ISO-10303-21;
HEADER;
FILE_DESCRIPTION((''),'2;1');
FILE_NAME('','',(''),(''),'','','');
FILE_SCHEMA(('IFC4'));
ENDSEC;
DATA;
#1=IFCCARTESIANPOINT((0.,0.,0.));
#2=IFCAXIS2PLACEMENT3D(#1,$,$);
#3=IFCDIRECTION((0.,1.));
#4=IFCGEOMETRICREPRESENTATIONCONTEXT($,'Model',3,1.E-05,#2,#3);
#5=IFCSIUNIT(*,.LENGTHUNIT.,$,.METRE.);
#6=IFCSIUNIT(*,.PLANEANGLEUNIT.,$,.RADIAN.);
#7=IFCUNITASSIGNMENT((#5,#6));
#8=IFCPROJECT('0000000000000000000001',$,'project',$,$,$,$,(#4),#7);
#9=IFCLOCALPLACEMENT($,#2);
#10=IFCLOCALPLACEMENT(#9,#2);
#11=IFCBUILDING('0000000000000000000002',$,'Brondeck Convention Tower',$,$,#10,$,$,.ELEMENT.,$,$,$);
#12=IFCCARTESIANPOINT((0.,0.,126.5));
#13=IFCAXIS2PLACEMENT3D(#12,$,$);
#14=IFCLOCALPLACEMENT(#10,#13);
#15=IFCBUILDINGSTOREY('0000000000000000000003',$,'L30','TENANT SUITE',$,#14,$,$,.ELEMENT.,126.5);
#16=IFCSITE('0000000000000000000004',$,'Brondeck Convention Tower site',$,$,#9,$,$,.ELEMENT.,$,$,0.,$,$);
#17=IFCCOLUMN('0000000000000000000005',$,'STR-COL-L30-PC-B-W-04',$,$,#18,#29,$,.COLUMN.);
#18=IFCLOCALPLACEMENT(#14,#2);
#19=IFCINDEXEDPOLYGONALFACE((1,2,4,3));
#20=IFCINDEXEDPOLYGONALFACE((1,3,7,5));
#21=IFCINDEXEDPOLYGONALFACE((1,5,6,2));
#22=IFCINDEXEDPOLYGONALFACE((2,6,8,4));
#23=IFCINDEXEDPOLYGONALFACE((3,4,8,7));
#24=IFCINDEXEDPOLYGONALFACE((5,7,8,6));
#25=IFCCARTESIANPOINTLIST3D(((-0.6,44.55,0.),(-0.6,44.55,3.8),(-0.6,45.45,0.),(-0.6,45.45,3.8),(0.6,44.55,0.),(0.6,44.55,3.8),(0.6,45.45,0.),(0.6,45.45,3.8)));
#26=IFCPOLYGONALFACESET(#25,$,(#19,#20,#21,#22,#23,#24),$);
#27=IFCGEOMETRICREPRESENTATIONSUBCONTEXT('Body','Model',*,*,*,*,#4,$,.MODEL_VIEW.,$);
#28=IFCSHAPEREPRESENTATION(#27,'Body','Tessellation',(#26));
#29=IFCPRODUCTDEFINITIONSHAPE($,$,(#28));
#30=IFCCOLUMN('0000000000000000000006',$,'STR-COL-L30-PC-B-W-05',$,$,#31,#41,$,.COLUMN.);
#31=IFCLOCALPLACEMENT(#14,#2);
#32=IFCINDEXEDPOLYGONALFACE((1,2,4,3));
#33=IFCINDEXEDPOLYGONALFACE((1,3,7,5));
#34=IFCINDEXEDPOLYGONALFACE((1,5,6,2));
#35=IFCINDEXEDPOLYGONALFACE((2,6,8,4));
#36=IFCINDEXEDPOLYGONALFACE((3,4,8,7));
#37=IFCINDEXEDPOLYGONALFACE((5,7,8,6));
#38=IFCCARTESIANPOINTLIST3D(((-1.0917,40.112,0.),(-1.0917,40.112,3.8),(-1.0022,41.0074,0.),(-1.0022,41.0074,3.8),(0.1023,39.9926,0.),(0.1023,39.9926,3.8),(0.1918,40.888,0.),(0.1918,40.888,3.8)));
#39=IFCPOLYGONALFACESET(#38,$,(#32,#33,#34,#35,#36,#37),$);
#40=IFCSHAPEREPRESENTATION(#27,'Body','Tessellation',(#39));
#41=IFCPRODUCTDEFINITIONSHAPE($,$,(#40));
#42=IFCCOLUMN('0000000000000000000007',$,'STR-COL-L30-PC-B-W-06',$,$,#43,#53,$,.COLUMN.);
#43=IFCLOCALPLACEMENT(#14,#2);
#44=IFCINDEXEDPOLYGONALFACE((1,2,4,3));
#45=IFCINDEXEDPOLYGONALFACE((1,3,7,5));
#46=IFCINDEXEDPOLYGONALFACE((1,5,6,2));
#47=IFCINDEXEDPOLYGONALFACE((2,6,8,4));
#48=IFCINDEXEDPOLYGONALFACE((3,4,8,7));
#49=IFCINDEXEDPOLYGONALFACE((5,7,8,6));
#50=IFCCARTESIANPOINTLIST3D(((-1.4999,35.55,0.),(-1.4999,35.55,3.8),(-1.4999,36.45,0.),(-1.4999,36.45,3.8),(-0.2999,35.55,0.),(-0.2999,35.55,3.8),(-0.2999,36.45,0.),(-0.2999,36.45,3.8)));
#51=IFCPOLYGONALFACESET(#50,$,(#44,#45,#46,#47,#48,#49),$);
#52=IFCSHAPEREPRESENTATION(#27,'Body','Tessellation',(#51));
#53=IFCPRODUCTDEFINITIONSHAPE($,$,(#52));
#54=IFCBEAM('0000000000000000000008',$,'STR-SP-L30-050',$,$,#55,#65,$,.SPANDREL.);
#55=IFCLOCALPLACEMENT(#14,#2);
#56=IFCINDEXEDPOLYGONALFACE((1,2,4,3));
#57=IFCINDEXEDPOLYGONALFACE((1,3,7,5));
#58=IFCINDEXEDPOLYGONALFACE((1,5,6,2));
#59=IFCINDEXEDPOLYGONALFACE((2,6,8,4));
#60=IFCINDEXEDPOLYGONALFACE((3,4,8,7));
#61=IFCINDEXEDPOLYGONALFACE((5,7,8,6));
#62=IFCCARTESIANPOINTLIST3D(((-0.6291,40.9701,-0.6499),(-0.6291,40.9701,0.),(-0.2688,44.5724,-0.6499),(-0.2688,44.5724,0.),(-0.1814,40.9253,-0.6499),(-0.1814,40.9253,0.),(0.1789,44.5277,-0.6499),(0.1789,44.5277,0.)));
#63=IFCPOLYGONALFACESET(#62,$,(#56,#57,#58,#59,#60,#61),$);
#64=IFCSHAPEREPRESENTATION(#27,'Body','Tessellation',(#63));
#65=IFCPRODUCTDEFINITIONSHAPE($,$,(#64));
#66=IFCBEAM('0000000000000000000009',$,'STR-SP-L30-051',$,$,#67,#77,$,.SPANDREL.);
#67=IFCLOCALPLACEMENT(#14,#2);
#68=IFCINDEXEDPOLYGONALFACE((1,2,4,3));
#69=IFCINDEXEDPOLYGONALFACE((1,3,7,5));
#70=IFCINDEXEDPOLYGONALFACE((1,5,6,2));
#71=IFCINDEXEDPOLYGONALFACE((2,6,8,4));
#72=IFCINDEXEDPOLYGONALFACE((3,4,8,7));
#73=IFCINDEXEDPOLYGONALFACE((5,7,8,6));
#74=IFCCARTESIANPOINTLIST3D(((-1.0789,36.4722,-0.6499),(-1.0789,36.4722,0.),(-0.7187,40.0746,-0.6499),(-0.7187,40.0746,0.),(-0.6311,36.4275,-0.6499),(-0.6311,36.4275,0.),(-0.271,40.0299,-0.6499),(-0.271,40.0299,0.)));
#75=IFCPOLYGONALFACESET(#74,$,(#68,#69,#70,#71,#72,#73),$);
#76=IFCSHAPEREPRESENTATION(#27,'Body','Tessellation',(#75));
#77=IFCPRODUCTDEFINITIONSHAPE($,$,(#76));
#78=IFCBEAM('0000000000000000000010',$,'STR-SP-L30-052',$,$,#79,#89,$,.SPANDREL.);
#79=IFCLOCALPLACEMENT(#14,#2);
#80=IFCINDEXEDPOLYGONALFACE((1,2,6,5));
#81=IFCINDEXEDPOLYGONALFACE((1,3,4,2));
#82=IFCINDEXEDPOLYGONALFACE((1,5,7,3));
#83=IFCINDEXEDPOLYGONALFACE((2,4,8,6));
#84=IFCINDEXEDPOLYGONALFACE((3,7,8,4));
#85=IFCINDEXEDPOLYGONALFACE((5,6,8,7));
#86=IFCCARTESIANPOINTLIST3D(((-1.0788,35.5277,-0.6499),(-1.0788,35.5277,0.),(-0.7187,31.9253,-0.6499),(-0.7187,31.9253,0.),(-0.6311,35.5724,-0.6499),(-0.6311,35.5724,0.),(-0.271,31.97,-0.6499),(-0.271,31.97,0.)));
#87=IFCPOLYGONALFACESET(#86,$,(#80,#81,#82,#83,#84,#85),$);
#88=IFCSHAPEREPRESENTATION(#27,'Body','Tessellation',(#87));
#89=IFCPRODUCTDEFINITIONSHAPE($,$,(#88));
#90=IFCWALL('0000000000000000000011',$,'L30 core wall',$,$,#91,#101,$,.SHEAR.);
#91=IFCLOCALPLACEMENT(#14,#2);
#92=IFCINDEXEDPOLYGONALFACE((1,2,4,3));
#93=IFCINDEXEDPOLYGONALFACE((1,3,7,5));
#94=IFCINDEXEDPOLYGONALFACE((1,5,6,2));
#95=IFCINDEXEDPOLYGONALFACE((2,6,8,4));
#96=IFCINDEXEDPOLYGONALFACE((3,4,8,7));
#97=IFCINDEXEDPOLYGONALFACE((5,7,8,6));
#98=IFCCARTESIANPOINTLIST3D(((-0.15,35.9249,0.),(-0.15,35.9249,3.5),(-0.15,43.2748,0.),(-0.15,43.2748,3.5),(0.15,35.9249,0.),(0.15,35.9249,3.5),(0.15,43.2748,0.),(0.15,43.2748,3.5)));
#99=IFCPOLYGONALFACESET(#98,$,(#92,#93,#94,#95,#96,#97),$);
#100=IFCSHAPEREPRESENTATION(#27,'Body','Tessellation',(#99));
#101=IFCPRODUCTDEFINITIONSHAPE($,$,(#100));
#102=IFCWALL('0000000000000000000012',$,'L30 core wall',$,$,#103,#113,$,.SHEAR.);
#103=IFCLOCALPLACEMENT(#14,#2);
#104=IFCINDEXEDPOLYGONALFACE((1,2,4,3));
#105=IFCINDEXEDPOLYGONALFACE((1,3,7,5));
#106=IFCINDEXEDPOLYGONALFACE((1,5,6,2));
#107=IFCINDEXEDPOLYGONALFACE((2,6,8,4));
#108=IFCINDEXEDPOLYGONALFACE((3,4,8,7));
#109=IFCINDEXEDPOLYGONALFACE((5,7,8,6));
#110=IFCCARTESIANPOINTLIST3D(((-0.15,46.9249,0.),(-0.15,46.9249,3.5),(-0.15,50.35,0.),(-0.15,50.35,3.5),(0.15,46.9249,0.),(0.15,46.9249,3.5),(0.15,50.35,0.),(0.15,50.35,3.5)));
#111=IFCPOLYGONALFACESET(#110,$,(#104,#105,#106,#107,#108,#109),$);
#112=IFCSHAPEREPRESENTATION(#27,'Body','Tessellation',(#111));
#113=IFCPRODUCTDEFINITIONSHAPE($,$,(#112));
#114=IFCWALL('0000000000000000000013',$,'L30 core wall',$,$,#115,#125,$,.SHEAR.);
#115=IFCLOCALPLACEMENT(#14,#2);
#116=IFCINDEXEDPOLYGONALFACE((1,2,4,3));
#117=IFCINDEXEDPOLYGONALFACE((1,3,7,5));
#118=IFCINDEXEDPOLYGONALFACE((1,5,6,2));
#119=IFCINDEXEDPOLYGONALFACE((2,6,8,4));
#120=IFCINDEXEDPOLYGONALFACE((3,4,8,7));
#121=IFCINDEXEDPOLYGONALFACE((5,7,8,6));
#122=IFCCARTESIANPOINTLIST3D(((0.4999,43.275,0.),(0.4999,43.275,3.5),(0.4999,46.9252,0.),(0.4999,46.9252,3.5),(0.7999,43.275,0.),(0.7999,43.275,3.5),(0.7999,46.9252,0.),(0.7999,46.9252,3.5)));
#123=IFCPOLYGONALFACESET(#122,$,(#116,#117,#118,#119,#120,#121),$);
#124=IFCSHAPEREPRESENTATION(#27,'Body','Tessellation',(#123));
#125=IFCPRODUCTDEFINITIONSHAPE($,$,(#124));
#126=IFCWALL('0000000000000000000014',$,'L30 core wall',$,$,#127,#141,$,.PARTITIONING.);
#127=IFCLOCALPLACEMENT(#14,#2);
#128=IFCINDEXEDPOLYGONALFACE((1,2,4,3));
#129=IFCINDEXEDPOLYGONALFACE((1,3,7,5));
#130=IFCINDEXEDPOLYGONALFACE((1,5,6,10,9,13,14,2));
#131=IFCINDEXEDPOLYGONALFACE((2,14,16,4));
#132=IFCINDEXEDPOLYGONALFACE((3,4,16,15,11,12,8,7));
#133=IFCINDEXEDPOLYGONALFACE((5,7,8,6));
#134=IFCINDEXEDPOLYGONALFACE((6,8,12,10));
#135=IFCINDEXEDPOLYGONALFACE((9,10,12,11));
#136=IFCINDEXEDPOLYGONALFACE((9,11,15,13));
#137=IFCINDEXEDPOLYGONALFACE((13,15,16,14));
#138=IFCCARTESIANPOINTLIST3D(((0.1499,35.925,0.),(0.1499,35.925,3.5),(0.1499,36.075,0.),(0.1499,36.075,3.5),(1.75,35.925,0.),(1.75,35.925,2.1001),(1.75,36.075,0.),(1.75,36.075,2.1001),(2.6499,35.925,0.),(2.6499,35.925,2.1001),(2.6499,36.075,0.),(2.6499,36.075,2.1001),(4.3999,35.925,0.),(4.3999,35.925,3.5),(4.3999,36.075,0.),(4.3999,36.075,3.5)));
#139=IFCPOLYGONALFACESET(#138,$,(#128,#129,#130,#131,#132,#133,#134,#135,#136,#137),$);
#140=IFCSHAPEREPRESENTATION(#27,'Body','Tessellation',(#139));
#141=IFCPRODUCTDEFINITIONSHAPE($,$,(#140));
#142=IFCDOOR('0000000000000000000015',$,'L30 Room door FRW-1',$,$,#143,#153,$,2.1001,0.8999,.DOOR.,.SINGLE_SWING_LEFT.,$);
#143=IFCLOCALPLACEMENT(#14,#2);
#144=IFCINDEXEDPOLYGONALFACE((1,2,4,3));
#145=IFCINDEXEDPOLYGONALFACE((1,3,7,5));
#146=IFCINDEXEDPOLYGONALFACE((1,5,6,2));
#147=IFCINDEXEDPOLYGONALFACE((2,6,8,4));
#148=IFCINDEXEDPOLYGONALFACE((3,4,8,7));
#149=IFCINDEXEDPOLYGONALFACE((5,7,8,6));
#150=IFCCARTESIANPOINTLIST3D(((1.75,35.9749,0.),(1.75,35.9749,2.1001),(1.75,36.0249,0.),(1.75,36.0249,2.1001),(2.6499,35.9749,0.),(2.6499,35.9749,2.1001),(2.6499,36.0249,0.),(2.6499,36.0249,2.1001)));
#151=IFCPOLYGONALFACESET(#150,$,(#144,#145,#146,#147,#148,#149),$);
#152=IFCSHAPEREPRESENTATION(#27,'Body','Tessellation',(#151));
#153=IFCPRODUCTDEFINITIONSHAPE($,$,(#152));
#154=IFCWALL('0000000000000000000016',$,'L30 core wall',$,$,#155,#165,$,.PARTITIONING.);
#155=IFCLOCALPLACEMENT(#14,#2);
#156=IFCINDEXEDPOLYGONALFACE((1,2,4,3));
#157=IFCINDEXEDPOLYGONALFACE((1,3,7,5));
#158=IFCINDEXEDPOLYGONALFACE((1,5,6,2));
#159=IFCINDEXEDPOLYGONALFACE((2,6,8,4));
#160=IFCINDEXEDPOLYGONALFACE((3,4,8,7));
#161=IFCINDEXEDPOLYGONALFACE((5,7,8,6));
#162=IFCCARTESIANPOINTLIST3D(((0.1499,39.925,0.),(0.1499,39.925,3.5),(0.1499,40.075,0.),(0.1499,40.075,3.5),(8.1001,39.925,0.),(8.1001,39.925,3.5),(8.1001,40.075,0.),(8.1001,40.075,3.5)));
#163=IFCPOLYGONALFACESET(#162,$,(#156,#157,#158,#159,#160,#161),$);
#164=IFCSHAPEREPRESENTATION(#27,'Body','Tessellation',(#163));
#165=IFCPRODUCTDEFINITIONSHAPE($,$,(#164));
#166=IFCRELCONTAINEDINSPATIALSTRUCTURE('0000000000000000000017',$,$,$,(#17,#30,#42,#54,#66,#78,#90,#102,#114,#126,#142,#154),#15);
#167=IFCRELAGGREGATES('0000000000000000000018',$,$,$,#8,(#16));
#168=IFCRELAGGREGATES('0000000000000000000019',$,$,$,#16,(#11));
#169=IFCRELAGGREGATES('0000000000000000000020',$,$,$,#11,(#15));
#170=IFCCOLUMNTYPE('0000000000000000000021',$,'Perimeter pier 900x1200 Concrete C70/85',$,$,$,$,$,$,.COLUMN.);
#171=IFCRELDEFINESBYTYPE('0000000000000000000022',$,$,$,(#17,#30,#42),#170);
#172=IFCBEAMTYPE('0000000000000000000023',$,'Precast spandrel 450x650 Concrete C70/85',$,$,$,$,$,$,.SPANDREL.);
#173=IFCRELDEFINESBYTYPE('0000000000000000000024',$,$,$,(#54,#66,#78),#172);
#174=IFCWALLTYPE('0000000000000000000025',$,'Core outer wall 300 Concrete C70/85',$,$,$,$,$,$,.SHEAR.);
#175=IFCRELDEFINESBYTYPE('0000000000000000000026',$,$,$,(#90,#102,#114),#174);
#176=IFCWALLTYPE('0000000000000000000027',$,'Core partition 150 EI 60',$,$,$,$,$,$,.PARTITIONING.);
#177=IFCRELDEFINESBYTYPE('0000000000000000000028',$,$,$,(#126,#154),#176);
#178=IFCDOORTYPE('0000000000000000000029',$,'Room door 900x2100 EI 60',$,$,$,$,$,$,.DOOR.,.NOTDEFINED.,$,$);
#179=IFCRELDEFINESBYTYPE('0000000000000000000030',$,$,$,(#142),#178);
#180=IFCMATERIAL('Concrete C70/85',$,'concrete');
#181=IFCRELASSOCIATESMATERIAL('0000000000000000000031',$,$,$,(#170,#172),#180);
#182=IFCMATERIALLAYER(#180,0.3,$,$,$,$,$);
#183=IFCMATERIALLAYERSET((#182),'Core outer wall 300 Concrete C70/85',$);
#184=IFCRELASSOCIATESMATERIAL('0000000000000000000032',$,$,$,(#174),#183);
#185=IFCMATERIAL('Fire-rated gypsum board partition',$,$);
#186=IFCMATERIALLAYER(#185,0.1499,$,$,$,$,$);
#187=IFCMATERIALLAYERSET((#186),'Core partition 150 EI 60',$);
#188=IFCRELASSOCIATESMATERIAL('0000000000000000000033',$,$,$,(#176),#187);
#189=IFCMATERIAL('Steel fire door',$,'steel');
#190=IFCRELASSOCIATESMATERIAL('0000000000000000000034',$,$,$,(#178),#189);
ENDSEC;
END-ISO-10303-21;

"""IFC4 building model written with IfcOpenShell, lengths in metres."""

from ifc_helpers import new_model, si_unit, direction, frame, frame_2d, origin, origin_2d, place, context, subcontext, project, spatial, rectangle, extrude, material, layer, layer_set, material_profile, profile_set, type_object, element, fill, save


model = new_model("IFC4")

# Units and contexts
model_context = context("Model", 3, precision=1e-05, world=origin(), true_north=direction((0.0, 1.0)))
body_context = subcontext(model_context, "Body", "Model", "MODEL_VIEW")
ifc_project = project(units=[si_unit("LENGTHUNIT", "METRE"), si_unit("PLANEANGLEUNIT", "RADIAN")], contexts=[model_context])

# Site, building, storey
site_placement = place(None, origin())
site = spatial("IfcSite", under=ifc_project, at=site_placement, Name="Brondeck Convention Tower site", CompositionType="ELEMENT", RefElevation=0.0)
building_placement = place(site_placement, origin())
building = spatial("IfcBuilding", under=site, at=building_placement, Name="Brondeck Convention Tower", CompositionType="ELEMENT")
storey_placement = place(building_placement, frame((0.0, 0.0, 126.5)))
storey = spatial("IfcBuildingStorey", under=building, at=storey_placement, Name="L30", Description="TENANT SUITE", CompositionType="ELEMENT", Elevation=126.5)

# Columns
ifc_material_1 = material(Name="Concrete C70/85", Category="concrete")
ifc_material_profile_1 = material_profile(ifc_material_1, rectangle(XDim=0.8999, YDim=1.2, at=origin_2d()), Name="Perimeter pier 900x1200 Concrete C70/85")
ifc_profile_set_1 = profile_set([ifc_material_profile_1], Name="Concrete C70/85")
column_type = type_object("IfcColumnType", Name="Perimeter pier 900x1200 Concrete C70/85", PredefinedType="COLUMN", material=ifc_profile_set_1)
for number, where, z_axis, x_axis, name in (
    (1, (0.0, 45.0, 0.0), (0.0, 0.0, 1.0), (0.0, -1.0, 0.0), "STR-COL-L30-PC-B-W-04"),
    (2, (-0.45, 40.5, 0.0), (0.0, 0.0, 1.0), (-0.099504, -0.995037, 0.0), "STR-COL-L30-PC-B-W-05"),
    (3, (-0.8999, 36.0, 0.0), (0.0, 0.0, 1.0), (0.0, -1.0, 0.0), "STR-COL-L30-PC-B-W-06"),
):
    element("IfcColumn", number, at=place(storey_placement, frame(where, z_axis=z_axis, x_axis=x_axis)), inside=storey, type_object=column_type, Name=name, PredefinedType="COLUMN", context=body_context, shape_type="SweptSolid", body=[
        extrude(rectangle(XDim=0.8999, YDim=1.2, at=origin_2d()), origin(), (0.0, 0.0, 1.0), 3.8),
    ])

# Beams
ifc_material_profile_2 = material_profile(ifc_material_1, rectangle(XDim=0.45, YDim=0.6499, at=origin_2d()), Name="Precast spandrel 450x650 Concrete C70/85")
ifc_profile_set_2 = profile_set([ifc_material_profile_2], Name="Concrete C70/85")
beam_type = type_object("IfcBeamType", Name="Precast spandrel 450x650 Concrete C70/85", PredefinedType="SPANDREL", material=ifc_profile_set_2)
for number, where, z_axis, x_axis, name in (
    (4, (-0.0449, 44.55, -0.325), (-0.099537, -0.995034, 0.0), (0.995034, -0.099537, 0.0), "STR-SP-L30-050"),
    (5, (-0.4949, 40.0522, -0.325), (-0.09947, -0.995041, 0.0), (0.995041, -0.09947, 0.0), "STR-SP-L30-051"),
    (6, (-0.855, 35.55, -0.325), (0.09947, -0.995041, 0.0), (0.995041, 0.09947, 0.0), "STR-SP-L30-052"),
):
    element("IfcBeam", number, at=place(storey_placement, frame(where, z_axis=z_axis, x_axis=x_axis)), inside=storey, type_object=beam_type, Name=name, PredefinedType="SPANDREL", context=body_context, shape_type="SweptSolid", body=[
        extrude(rectangle(XDim=0.45, YDim=0.6499, at=origin_2d()), origin(), (0.0, 0.0, 1.0), 3.6204),
    ])

# Walls
ifc_layer_1 = layer(ifc_material_1, 0.3)
ifc_layer_set_1 = layer_set([ifc_layer_1], Name="Core outer wall 300 Concrete C70/85")
wall_type_1 = type_object("IfcWallType", Name="Core outer wall 300 Concrete C70/85", PredefinedType="SHEAR", material=ifc_layer_set_1)
wall_1_placement = place(storey_placement, frame((0.0, 35.925, 0.0), z_axis=(0.0, 0.0, 1.0), x_axis=(0.0, 1.0, 0.0)))
element("IfcWall", 7, at=wall_1_placement, inside=storey, type_object=wall_type_1, Name="L30 core wall", PredefinedType="SHEAR", context=body_context, shape_type="SweptSolid", body=[
    extrude(rectangle(XDim=7.3499, YDim=0.3, at=frame_2d((3.6748, 0.0))), origin(), (0.0, 0.0, 1.0), 3.5),
])
wall_2_placement = place(storey_placement, frame((0.0, 46.925, 0.0), z_axis=(0.0, 0.0, 1.0), x_axis=(0.0, 1.0, 0.0)))
element("IfcWall", 8, at=wall_2_placement, inside=storey, type_object=wall_type_1, Name="L30 core wall", PredefinedType="SHEAR", context=body_context, shape_type="SweptSolid", body=[
    extrude(rectangle(XDim=3.425, YDim=0.3, at=frame_2d((1.7124, 0.0))), origin(), (0.0, 0.0, 1.0), 3.5),
])
wall_3_placement = place(storey_placement, frame((0.6499, 43.2749, 0.0), z_axis=(0.0, 0.0, 1.0), x_axis=(0.0, 1.0, 0.0)))
element("IfcWall", 9, at=wall_3_placement, inside=storey, type_object=wall_type_1, Name="L30 core wall", PredefinedType="SHEAR", context=body_context, shape_type="SweptSolid", body=[
    extrude(rectangle(XDim=3.6501, YDim=0.3, at=frame_2d((1.8252, 0.0))), origin(), (0.0, 0.0, 1.0), 3.5),
])

# Wall, opening, door
ifc_material_2 = material(Name="Fire-rated gypsum board partition")
ifc_layer_2 = layer(ifc_material_2, 0.1499)
ifc_layer_set_2 = layer_set([ifc_layer_2], Name="Core partition 150 EI 60")
wall_type_2 = type_object("IfcWallType", Name="Core partition 150 EI 60", PredefinedType="PARTITIONING", material=ifc_layer_set_2)
wall_4_placement = place(storey_placement, frame((0.1499, 36.0, 0.0), z_axis=(0.0, 0.0, 1.0), x_axis=(1.0, 0.0, 0.0)))
wall_4 = element("IfcWall", 10, at=wall_4_placement, inside=storey, type_object=wall_type_2, Name="L30 core wall", PredefinedType="PARTITIONING", context=body_context, shape_type="SweptSolid", body=[
    extrude(rectangle(XDim=4.25, YDim=0.1499, at=frame_2d((2.125, 0.0))), origin(), (0.0, 0.0, 1.0), 3.5),
])
opening_1_placement = place(wall_4_placement, frame((1.6001, 0.0, 0.0)))
opening_1 = element("IfcOpeningElement", 11, at=opening_1_placement, cuts=wall_4, PredefinedType="OPENING", context=body_context, shape_type="SweptSolid", body=[
    extrude(rectangle(XDim=0.8999, YDim=2.1001, at=frame_2d((0.45, 1.05))), frame((0.0, 0.085, 0.0), z_axis=(0.0, -1.0, 0.0), x_axis=(1.0, 0.0, 0.0)), (0.0, 0.0, 1.0), 0.1699),
])
ifc_material_3 = material(Name="Steel fire door", Category="steel")
door_type_1 = type_object("IfcDoorType", Name="Room door 900x2100 EI 60", OperationType="NOTDEFINED", PredefinedType="DOOR", material=ifc_material_3)
door_1_placement = place(opening_1_placement, origin())
door_1 = element("IfcDoor", 12, at=door_1_placement, inside=storey, type_object=door_type_1, Name="L30 Room door FRW-1", OperationType="SINGLE_SWING_LEFT", OverallHeight=2.1001, OverallWidth=0.8999, PredefinedType="DOOR", context=body_context, shape_type="SweptSolid", body=[
    extrude(rectangle(XDim=0.8999, YDim=2.1001, at=frame_2d((0.45, 1.05))), frame((0.0, 0.0249, 0.0), z_axis=(0.0, -1.0, 0.0), x_axis=(1.0, 0.0, 0.0)), (0.0, 0.0, 1.0), 0.05),
])
fill(opening_1, door_1)

# Wall
wall_5_placement = place(storey_placement, frame((0.1499, 40.0, 0.0), z_axis=(0.0, 0.0, 1.0), x_axis=(1.0, 0.0, 0.0)))
element("IfcWall", 13, at=wall_5_placement, inside=storey, type_object=wall_type_2, Name="L30 core wall", PredefinedType="PARTITIONING", context=body_context, shape_type="SweptSolid", body=[
    extrude(rectangle(XDim=7.9502, YDim=0.1499, at=frame_2d((3.9751, 0.0))), origin(), (0.0, 0.0, 1.0), 3.5),
])

save(model, "model.ifc")
